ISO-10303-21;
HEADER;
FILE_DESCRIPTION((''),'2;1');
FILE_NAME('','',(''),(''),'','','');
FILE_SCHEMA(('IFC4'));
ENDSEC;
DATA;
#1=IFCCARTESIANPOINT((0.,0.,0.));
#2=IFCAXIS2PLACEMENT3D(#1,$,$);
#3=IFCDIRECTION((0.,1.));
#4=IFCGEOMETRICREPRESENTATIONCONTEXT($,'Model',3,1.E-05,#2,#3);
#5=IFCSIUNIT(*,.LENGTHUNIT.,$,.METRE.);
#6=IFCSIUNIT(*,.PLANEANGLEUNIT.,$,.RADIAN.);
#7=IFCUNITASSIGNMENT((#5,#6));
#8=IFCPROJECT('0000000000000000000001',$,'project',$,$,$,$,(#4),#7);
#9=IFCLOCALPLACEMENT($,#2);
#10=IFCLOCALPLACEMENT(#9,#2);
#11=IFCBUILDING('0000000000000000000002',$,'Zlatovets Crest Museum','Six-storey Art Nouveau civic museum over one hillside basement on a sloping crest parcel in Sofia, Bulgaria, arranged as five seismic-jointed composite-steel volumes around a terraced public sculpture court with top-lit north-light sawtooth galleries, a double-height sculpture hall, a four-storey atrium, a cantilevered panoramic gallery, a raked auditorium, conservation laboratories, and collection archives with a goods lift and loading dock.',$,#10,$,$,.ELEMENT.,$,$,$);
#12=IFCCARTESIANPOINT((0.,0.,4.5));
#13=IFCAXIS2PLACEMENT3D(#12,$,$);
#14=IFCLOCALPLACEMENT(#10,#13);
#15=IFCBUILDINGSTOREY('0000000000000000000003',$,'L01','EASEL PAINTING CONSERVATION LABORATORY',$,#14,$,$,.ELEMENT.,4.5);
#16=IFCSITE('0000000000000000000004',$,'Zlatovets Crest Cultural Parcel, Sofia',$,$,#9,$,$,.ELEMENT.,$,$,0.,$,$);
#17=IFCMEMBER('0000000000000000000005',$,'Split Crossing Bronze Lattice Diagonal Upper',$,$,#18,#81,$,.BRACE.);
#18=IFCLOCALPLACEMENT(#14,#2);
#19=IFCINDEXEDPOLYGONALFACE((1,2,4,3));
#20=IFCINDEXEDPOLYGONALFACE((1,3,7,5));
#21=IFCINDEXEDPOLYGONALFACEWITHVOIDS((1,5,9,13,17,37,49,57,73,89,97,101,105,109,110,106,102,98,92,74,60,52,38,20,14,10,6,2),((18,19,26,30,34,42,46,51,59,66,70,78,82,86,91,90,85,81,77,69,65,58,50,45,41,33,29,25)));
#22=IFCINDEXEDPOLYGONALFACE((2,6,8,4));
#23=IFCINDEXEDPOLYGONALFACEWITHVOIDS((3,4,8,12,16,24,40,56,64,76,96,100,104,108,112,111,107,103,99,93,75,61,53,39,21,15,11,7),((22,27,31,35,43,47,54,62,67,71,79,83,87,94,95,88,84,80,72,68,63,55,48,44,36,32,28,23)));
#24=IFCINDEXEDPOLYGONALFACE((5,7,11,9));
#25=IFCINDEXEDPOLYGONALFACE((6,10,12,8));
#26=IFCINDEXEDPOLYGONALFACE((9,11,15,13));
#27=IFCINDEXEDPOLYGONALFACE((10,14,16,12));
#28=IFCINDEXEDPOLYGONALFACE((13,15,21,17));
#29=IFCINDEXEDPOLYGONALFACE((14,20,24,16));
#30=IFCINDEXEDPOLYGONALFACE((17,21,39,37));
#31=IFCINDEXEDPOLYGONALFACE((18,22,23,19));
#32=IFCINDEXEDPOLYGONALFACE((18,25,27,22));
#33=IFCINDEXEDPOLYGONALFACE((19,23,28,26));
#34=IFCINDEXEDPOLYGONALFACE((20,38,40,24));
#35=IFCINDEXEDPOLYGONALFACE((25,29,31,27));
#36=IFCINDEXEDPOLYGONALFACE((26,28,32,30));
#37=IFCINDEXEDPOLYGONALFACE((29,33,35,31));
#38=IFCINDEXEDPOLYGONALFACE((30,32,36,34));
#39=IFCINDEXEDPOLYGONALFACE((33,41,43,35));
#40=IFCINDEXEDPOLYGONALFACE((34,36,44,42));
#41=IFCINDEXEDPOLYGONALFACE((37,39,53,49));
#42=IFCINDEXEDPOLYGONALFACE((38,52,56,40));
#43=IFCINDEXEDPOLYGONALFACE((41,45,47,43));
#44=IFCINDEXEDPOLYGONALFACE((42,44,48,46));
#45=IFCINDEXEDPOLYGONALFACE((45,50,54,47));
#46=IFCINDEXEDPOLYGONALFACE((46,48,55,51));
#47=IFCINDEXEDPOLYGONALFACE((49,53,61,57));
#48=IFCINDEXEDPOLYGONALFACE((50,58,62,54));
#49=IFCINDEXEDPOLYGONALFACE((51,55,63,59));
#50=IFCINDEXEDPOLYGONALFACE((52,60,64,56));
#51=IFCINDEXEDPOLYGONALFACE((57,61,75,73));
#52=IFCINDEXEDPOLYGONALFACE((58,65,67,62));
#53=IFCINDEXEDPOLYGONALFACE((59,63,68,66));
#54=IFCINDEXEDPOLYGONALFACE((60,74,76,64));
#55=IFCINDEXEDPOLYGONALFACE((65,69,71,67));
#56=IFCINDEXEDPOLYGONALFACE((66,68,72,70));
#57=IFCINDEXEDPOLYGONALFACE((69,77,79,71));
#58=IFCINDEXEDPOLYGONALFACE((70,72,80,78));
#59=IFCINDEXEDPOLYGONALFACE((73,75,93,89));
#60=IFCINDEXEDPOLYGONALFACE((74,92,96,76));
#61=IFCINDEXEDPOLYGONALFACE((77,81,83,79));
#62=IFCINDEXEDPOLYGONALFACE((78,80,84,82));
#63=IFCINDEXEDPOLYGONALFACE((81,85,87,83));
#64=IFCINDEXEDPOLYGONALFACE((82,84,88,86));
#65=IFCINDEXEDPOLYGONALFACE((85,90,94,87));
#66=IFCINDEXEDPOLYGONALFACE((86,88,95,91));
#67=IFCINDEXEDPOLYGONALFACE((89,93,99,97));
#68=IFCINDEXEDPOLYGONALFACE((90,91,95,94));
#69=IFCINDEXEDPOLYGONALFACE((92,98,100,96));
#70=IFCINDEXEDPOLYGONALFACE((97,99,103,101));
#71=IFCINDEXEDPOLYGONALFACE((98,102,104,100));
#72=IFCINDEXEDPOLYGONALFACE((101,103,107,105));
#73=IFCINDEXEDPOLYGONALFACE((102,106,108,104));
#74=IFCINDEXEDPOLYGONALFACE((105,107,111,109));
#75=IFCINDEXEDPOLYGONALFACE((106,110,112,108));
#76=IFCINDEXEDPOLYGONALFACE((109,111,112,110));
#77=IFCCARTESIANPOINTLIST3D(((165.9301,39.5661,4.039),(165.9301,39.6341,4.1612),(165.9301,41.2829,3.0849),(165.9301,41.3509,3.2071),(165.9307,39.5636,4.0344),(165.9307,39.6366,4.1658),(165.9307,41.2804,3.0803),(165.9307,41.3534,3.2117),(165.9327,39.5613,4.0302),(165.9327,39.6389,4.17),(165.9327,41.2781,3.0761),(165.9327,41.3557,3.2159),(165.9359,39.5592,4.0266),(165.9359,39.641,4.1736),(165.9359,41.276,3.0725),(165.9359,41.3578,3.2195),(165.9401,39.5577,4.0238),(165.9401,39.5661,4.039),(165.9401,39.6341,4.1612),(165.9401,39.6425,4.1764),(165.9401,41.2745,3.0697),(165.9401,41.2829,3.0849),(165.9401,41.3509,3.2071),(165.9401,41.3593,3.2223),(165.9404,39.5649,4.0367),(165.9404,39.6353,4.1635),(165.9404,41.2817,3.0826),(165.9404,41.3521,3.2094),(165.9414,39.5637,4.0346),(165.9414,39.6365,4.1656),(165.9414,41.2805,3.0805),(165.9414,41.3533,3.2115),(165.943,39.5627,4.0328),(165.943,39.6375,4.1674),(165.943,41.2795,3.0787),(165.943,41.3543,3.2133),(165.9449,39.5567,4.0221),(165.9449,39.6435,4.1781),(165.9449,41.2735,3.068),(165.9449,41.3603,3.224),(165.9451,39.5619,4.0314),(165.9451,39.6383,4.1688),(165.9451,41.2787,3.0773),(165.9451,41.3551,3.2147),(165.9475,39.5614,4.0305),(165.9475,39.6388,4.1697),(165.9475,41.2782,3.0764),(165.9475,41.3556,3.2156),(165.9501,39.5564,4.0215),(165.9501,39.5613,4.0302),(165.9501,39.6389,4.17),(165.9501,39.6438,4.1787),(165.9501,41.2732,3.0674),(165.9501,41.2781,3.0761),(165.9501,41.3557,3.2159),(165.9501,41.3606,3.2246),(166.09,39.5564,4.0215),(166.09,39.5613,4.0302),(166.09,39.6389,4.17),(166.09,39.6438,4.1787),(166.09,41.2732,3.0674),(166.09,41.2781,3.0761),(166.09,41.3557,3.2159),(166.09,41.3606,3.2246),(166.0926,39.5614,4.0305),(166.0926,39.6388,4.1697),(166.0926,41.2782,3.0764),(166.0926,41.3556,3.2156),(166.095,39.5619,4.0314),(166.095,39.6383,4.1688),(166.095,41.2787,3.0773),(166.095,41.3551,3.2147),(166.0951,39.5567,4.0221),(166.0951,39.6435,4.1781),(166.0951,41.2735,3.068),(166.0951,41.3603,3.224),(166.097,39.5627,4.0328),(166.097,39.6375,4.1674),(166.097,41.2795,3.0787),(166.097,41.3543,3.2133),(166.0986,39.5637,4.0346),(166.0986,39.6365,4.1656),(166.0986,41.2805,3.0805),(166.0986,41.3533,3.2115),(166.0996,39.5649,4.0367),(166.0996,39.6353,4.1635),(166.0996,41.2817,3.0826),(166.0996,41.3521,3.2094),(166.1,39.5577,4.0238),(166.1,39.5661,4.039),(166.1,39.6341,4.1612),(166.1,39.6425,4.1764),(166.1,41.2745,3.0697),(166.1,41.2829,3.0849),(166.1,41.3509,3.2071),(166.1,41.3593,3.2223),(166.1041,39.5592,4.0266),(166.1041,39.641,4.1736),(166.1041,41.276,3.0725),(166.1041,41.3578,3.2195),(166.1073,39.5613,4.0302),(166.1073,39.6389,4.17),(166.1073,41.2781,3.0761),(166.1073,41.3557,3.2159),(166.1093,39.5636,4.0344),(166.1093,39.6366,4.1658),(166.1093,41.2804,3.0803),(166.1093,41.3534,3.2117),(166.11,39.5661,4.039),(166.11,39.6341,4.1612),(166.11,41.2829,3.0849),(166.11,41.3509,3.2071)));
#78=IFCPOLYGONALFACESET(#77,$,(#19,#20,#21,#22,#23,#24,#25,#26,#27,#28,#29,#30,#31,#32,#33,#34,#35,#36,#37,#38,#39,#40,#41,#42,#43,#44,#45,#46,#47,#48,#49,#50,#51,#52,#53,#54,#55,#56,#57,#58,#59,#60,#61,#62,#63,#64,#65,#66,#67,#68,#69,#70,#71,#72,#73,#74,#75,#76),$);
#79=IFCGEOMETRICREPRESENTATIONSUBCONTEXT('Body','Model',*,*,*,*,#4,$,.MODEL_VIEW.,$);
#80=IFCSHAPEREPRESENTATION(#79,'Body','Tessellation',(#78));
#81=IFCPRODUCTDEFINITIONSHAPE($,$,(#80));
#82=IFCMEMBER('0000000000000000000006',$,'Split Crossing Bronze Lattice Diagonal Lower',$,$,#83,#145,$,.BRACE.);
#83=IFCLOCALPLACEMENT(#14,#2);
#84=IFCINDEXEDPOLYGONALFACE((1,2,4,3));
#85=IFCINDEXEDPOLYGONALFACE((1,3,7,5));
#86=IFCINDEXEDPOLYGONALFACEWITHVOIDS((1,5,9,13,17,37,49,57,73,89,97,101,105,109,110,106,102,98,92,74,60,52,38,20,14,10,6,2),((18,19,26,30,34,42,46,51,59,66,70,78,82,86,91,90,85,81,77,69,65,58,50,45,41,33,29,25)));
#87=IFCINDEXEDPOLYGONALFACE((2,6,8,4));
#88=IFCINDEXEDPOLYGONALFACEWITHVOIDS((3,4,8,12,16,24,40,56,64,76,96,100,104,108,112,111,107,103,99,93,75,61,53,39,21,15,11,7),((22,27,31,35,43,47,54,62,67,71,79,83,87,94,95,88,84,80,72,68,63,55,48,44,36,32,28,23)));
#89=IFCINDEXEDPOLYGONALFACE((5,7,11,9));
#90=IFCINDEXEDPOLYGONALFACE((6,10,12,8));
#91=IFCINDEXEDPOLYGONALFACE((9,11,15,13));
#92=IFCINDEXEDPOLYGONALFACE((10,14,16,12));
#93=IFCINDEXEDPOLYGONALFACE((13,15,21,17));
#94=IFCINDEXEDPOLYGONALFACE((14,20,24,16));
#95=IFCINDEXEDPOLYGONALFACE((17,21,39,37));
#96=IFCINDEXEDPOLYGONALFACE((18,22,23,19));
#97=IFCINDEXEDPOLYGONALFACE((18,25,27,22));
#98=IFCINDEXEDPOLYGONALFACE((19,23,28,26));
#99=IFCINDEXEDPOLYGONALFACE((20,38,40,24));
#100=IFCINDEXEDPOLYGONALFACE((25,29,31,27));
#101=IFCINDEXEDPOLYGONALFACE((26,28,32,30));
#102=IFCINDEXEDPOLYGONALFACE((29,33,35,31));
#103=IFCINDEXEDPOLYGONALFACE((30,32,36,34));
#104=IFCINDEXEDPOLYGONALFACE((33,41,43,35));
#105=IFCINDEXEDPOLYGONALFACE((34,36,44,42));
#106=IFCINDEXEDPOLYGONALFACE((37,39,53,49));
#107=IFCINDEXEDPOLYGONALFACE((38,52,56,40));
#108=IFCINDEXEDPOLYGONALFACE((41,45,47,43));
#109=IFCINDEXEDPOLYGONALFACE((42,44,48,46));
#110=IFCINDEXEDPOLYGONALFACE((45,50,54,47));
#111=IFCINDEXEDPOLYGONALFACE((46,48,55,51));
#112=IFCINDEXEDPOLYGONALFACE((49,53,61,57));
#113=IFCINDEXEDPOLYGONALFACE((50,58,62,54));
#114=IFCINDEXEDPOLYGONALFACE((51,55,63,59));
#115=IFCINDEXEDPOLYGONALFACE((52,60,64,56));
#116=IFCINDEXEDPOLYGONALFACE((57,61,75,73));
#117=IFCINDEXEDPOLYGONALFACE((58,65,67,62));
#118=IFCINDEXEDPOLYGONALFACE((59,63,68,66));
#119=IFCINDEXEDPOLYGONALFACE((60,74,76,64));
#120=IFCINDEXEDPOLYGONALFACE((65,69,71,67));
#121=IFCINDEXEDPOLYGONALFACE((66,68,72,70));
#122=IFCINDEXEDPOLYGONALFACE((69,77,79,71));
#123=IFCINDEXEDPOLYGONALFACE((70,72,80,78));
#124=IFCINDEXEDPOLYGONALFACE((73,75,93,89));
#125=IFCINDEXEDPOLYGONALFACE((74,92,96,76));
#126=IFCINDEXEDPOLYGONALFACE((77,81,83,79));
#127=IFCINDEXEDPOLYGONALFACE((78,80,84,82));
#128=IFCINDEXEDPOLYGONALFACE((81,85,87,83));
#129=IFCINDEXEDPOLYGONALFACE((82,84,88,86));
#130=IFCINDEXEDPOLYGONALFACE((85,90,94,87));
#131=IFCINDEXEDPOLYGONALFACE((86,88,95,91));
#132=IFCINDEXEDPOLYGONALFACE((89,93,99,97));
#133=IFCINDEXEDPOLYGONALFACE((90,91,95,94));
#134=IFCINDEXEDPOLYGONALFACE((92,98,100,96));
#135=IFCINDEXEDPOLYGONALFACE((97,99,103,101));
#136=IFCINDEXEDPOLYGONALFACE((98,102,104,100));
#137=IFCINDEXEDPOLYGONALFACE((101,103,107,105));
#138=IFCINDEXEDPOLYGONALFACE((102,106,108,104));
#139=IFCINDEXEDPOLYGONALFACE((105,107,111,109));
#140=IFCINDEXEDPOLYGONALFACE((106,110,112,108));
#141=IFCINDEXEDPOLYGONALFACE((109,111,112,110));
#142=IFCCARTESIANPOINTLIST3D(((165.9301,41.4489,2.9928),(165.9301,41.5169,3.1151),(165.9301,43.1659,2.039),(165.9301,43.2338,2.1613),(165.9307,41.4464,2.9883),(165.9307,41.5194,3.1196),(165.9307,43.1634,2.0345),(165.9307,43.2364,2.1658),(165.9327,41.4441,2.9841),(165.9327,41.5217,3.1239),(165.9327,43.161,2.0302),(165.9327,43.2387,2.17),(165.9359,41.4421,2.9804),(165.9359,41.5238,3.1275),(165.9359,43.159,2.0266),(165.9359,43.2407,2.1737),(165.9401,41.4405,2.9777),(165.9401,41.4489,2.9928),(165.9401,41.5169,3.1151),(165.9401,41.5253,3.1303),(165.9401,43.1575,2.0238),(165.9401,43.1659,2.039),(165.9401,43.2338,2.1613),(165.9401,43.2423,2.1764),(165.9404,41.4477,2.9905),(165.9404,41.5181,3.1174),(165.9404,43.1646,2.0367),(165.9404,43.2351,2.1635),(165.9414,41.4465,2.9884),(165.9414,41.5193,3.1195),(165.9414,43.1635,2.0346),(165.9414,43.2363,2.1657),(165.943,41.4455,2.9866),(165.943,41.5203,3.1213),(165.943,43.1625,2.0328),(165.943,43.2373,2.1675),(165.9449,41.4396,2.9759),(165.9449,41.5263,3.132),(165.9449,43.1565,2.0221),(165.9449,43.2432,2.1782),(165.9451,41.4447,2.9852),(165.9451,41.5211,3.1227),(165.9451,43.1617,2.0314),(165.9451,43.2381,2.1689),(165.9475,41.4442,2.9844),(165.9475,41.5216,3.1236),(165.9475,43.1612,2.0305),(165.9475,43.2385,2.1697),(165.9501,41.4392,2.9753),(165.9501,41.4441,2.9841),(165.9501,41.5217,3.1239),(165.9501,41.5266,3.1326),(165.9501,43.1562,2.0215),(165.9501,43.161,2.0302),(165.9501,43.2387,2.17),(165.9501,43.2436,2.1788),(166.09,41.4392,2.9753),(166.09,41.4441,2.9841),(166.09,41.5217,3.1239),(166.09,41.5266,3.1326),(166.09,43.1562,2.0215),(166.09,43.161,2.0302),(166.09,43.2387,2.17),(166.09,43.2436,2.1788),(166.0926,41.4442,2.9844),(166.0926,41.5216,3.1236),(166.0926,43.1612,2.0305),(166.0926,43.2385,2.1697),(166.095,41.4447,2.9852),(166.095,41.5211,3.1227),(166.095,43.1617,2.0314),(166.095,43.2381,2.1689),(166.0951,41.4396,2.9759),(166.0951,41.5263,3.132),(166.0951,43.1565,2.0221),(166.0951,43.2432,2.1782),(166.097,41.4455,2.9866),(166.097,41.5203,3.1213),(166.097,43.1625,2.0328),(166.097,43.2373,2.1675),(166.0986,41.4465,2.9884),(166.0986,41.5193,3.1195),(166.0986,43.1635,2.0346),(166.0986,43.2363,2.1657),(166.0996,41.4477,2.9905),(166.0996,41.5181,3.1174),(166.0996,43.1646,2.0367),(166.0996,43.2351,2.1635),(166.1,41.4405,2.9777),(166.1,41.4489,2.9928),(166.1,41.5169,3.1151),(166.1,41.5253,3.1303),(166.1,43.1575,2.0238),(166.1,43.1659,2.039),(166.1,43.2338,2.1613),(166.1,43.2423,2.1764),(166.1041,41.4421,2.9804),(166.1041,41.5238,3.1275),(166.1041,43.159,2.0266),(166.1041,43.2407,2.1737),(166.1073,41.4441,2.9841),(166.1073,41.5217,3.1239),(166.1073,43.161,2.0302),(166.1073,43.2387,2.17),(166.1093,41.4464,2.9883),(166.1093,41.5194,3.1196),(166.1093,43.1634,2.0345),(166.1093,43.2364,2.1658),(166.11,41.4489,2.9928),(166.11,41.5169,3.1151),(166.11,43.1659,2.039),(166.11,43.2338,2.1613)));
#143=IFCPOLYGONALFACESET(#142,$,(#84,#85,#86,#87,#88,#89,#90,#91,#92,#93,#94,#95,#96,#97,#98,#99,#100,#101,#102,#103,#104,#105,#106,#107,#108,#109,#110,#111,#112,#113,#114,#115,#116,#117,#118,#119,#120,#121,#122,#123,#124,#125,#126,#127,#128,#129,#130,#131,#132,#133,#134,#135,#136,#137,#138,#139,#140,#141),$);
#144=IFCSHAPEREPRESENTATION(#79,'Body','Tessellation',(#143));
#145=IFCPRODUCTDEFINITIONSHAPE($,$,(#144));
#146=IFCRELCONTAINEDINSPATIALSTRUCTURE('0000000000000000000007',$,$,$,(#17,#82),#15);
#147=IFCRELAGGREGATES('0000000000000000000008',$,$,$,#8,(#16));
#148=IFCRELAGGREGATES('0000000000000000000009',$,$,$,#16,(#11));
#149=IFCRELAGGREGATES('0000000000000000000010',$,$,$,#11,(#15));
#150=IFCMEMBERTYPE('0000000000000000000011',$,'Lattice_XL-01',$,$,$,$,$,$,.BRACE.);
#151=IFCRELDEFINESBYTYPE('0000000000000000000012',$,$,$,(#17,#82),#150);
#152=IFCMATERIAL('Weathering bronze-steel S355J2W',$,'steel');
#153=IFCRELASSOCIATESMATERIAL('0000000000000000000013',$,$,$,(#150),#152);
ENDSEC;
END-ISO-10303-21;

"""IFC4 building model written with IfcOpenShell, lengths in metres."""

from ifc_helpers import new_model, si_unit, direction, frame, origin, origin_2d, place, context, subcontext, project, spatial, hollow_rectangle, extrude, material, material_profile, profile_set, type_object, element, save


model = new_model("IFC4")

# Units and contexts
model_context = context("Model", 3, precision=1e-05, world=origin(), true_north=direction((0.0, 1.0)))
body_context = subcontext(model_context, "Body", "Model", "MODEL_VIEW")
ifc_project = project(units=[si_unit("LENGTHUNIT", "METRE"), si_unit("PLANEANGLEUNIT", "RADIAN")], contexts=[model_context])

# Site, building, storey
site_placement = place(None, origin())
site = spatial("IfcSite", under=ifc_project, at=site_placement, Name="Zlatovets Crest Cultural Parcel, Sofia", CompositionType="ELEMENT", RefElevation=0.0)
building_placement = place(site_placement, origin())
building = spatial("IfcBuilding", under=site, at=building_placement, Name="Zlatovets Crest Museum", Description="Six-storey Art Nouveau civic museum over one hillside basement on a sloping crest parcel in Sofia, Bulgaria, arranged as five seismic-jointed composite-steel volumes around a terraced public sculpture court with top-lit north-light sawtooth galleries, a double-height sculpture hall, a four-storey atrium, a cantilevered panoramic gallery, a raked auditorium, conservation laboratories, and collection archives with a goods lift and loading dock.", CompositionType="ELEMENT")
storey_placement = place(building_placement, frame((0.0, 0.0, 4.5)))
storey = spatial("IfcBuildingStorey", under=building, at=storey_placement, Name="L01", Description="EASEL PAINTING CONSERVATION LABORATORY", CompositionType="ELEMENT", Elevation=4.5)

# Members
ifc_material_1 = material(Name="Weathering bronze-steel S355J2W", Category="steel")
ifc_material_profile_1 = material_profile(ifc_material_1, hollow_rectangle(XDim=0.1799, YDim=0.1799, WallThickness=0.01, InnerFilletRadius=0.01, OuterFilletRadius=0.02, at=origin_2d()), Name="SHS 180x180x10.0")
ifc_profile_set_1 = profile_set([ifc_material_profile_1], Name="Weathering bronze-steel S355J2W")
member_type_1 = type_object("IfcMemberType", Name="Lattice_XL-01", PredefinedType="BRACE", material=ifc_profile_set_1)
for number, where, z_axis, x_axis, name in (
    (1, (166.02, 39.6001, 4.1001), (0.0, 0.874087, -0.48577), (-1.0, 0.0, 0.0), "Split Crossing Bronze Lattice Diagonal Upper"),
    (2, (166.02, 41.4829, 3.054), (0.0, 0.874169, -0.485622), (-1.0, 0.0, 0.0), "Split Crossing Bronze Lattice Diagonal Lower"),
):
    element("IfcMember", number, at=place(storey_placement, frame(where, z_axis=z_axis, x_axis=x_axis)), inside=storey, type_object=member_type_1, Name=name, PredefinedType="BRACE", context=body_context, shape_type="SweptSolid", body=[
        extrude(hollow_rectangle(XDim=0.1799, YDim=0.1799, WallThickness=0.01, InnerFilletRadius=0.01, OuterFilletRadius=0.02, at=origin_2d()), origin(), (0.0, 0.0, 1.0), 1.9641),
    ])

save(model, "model.ifc")
